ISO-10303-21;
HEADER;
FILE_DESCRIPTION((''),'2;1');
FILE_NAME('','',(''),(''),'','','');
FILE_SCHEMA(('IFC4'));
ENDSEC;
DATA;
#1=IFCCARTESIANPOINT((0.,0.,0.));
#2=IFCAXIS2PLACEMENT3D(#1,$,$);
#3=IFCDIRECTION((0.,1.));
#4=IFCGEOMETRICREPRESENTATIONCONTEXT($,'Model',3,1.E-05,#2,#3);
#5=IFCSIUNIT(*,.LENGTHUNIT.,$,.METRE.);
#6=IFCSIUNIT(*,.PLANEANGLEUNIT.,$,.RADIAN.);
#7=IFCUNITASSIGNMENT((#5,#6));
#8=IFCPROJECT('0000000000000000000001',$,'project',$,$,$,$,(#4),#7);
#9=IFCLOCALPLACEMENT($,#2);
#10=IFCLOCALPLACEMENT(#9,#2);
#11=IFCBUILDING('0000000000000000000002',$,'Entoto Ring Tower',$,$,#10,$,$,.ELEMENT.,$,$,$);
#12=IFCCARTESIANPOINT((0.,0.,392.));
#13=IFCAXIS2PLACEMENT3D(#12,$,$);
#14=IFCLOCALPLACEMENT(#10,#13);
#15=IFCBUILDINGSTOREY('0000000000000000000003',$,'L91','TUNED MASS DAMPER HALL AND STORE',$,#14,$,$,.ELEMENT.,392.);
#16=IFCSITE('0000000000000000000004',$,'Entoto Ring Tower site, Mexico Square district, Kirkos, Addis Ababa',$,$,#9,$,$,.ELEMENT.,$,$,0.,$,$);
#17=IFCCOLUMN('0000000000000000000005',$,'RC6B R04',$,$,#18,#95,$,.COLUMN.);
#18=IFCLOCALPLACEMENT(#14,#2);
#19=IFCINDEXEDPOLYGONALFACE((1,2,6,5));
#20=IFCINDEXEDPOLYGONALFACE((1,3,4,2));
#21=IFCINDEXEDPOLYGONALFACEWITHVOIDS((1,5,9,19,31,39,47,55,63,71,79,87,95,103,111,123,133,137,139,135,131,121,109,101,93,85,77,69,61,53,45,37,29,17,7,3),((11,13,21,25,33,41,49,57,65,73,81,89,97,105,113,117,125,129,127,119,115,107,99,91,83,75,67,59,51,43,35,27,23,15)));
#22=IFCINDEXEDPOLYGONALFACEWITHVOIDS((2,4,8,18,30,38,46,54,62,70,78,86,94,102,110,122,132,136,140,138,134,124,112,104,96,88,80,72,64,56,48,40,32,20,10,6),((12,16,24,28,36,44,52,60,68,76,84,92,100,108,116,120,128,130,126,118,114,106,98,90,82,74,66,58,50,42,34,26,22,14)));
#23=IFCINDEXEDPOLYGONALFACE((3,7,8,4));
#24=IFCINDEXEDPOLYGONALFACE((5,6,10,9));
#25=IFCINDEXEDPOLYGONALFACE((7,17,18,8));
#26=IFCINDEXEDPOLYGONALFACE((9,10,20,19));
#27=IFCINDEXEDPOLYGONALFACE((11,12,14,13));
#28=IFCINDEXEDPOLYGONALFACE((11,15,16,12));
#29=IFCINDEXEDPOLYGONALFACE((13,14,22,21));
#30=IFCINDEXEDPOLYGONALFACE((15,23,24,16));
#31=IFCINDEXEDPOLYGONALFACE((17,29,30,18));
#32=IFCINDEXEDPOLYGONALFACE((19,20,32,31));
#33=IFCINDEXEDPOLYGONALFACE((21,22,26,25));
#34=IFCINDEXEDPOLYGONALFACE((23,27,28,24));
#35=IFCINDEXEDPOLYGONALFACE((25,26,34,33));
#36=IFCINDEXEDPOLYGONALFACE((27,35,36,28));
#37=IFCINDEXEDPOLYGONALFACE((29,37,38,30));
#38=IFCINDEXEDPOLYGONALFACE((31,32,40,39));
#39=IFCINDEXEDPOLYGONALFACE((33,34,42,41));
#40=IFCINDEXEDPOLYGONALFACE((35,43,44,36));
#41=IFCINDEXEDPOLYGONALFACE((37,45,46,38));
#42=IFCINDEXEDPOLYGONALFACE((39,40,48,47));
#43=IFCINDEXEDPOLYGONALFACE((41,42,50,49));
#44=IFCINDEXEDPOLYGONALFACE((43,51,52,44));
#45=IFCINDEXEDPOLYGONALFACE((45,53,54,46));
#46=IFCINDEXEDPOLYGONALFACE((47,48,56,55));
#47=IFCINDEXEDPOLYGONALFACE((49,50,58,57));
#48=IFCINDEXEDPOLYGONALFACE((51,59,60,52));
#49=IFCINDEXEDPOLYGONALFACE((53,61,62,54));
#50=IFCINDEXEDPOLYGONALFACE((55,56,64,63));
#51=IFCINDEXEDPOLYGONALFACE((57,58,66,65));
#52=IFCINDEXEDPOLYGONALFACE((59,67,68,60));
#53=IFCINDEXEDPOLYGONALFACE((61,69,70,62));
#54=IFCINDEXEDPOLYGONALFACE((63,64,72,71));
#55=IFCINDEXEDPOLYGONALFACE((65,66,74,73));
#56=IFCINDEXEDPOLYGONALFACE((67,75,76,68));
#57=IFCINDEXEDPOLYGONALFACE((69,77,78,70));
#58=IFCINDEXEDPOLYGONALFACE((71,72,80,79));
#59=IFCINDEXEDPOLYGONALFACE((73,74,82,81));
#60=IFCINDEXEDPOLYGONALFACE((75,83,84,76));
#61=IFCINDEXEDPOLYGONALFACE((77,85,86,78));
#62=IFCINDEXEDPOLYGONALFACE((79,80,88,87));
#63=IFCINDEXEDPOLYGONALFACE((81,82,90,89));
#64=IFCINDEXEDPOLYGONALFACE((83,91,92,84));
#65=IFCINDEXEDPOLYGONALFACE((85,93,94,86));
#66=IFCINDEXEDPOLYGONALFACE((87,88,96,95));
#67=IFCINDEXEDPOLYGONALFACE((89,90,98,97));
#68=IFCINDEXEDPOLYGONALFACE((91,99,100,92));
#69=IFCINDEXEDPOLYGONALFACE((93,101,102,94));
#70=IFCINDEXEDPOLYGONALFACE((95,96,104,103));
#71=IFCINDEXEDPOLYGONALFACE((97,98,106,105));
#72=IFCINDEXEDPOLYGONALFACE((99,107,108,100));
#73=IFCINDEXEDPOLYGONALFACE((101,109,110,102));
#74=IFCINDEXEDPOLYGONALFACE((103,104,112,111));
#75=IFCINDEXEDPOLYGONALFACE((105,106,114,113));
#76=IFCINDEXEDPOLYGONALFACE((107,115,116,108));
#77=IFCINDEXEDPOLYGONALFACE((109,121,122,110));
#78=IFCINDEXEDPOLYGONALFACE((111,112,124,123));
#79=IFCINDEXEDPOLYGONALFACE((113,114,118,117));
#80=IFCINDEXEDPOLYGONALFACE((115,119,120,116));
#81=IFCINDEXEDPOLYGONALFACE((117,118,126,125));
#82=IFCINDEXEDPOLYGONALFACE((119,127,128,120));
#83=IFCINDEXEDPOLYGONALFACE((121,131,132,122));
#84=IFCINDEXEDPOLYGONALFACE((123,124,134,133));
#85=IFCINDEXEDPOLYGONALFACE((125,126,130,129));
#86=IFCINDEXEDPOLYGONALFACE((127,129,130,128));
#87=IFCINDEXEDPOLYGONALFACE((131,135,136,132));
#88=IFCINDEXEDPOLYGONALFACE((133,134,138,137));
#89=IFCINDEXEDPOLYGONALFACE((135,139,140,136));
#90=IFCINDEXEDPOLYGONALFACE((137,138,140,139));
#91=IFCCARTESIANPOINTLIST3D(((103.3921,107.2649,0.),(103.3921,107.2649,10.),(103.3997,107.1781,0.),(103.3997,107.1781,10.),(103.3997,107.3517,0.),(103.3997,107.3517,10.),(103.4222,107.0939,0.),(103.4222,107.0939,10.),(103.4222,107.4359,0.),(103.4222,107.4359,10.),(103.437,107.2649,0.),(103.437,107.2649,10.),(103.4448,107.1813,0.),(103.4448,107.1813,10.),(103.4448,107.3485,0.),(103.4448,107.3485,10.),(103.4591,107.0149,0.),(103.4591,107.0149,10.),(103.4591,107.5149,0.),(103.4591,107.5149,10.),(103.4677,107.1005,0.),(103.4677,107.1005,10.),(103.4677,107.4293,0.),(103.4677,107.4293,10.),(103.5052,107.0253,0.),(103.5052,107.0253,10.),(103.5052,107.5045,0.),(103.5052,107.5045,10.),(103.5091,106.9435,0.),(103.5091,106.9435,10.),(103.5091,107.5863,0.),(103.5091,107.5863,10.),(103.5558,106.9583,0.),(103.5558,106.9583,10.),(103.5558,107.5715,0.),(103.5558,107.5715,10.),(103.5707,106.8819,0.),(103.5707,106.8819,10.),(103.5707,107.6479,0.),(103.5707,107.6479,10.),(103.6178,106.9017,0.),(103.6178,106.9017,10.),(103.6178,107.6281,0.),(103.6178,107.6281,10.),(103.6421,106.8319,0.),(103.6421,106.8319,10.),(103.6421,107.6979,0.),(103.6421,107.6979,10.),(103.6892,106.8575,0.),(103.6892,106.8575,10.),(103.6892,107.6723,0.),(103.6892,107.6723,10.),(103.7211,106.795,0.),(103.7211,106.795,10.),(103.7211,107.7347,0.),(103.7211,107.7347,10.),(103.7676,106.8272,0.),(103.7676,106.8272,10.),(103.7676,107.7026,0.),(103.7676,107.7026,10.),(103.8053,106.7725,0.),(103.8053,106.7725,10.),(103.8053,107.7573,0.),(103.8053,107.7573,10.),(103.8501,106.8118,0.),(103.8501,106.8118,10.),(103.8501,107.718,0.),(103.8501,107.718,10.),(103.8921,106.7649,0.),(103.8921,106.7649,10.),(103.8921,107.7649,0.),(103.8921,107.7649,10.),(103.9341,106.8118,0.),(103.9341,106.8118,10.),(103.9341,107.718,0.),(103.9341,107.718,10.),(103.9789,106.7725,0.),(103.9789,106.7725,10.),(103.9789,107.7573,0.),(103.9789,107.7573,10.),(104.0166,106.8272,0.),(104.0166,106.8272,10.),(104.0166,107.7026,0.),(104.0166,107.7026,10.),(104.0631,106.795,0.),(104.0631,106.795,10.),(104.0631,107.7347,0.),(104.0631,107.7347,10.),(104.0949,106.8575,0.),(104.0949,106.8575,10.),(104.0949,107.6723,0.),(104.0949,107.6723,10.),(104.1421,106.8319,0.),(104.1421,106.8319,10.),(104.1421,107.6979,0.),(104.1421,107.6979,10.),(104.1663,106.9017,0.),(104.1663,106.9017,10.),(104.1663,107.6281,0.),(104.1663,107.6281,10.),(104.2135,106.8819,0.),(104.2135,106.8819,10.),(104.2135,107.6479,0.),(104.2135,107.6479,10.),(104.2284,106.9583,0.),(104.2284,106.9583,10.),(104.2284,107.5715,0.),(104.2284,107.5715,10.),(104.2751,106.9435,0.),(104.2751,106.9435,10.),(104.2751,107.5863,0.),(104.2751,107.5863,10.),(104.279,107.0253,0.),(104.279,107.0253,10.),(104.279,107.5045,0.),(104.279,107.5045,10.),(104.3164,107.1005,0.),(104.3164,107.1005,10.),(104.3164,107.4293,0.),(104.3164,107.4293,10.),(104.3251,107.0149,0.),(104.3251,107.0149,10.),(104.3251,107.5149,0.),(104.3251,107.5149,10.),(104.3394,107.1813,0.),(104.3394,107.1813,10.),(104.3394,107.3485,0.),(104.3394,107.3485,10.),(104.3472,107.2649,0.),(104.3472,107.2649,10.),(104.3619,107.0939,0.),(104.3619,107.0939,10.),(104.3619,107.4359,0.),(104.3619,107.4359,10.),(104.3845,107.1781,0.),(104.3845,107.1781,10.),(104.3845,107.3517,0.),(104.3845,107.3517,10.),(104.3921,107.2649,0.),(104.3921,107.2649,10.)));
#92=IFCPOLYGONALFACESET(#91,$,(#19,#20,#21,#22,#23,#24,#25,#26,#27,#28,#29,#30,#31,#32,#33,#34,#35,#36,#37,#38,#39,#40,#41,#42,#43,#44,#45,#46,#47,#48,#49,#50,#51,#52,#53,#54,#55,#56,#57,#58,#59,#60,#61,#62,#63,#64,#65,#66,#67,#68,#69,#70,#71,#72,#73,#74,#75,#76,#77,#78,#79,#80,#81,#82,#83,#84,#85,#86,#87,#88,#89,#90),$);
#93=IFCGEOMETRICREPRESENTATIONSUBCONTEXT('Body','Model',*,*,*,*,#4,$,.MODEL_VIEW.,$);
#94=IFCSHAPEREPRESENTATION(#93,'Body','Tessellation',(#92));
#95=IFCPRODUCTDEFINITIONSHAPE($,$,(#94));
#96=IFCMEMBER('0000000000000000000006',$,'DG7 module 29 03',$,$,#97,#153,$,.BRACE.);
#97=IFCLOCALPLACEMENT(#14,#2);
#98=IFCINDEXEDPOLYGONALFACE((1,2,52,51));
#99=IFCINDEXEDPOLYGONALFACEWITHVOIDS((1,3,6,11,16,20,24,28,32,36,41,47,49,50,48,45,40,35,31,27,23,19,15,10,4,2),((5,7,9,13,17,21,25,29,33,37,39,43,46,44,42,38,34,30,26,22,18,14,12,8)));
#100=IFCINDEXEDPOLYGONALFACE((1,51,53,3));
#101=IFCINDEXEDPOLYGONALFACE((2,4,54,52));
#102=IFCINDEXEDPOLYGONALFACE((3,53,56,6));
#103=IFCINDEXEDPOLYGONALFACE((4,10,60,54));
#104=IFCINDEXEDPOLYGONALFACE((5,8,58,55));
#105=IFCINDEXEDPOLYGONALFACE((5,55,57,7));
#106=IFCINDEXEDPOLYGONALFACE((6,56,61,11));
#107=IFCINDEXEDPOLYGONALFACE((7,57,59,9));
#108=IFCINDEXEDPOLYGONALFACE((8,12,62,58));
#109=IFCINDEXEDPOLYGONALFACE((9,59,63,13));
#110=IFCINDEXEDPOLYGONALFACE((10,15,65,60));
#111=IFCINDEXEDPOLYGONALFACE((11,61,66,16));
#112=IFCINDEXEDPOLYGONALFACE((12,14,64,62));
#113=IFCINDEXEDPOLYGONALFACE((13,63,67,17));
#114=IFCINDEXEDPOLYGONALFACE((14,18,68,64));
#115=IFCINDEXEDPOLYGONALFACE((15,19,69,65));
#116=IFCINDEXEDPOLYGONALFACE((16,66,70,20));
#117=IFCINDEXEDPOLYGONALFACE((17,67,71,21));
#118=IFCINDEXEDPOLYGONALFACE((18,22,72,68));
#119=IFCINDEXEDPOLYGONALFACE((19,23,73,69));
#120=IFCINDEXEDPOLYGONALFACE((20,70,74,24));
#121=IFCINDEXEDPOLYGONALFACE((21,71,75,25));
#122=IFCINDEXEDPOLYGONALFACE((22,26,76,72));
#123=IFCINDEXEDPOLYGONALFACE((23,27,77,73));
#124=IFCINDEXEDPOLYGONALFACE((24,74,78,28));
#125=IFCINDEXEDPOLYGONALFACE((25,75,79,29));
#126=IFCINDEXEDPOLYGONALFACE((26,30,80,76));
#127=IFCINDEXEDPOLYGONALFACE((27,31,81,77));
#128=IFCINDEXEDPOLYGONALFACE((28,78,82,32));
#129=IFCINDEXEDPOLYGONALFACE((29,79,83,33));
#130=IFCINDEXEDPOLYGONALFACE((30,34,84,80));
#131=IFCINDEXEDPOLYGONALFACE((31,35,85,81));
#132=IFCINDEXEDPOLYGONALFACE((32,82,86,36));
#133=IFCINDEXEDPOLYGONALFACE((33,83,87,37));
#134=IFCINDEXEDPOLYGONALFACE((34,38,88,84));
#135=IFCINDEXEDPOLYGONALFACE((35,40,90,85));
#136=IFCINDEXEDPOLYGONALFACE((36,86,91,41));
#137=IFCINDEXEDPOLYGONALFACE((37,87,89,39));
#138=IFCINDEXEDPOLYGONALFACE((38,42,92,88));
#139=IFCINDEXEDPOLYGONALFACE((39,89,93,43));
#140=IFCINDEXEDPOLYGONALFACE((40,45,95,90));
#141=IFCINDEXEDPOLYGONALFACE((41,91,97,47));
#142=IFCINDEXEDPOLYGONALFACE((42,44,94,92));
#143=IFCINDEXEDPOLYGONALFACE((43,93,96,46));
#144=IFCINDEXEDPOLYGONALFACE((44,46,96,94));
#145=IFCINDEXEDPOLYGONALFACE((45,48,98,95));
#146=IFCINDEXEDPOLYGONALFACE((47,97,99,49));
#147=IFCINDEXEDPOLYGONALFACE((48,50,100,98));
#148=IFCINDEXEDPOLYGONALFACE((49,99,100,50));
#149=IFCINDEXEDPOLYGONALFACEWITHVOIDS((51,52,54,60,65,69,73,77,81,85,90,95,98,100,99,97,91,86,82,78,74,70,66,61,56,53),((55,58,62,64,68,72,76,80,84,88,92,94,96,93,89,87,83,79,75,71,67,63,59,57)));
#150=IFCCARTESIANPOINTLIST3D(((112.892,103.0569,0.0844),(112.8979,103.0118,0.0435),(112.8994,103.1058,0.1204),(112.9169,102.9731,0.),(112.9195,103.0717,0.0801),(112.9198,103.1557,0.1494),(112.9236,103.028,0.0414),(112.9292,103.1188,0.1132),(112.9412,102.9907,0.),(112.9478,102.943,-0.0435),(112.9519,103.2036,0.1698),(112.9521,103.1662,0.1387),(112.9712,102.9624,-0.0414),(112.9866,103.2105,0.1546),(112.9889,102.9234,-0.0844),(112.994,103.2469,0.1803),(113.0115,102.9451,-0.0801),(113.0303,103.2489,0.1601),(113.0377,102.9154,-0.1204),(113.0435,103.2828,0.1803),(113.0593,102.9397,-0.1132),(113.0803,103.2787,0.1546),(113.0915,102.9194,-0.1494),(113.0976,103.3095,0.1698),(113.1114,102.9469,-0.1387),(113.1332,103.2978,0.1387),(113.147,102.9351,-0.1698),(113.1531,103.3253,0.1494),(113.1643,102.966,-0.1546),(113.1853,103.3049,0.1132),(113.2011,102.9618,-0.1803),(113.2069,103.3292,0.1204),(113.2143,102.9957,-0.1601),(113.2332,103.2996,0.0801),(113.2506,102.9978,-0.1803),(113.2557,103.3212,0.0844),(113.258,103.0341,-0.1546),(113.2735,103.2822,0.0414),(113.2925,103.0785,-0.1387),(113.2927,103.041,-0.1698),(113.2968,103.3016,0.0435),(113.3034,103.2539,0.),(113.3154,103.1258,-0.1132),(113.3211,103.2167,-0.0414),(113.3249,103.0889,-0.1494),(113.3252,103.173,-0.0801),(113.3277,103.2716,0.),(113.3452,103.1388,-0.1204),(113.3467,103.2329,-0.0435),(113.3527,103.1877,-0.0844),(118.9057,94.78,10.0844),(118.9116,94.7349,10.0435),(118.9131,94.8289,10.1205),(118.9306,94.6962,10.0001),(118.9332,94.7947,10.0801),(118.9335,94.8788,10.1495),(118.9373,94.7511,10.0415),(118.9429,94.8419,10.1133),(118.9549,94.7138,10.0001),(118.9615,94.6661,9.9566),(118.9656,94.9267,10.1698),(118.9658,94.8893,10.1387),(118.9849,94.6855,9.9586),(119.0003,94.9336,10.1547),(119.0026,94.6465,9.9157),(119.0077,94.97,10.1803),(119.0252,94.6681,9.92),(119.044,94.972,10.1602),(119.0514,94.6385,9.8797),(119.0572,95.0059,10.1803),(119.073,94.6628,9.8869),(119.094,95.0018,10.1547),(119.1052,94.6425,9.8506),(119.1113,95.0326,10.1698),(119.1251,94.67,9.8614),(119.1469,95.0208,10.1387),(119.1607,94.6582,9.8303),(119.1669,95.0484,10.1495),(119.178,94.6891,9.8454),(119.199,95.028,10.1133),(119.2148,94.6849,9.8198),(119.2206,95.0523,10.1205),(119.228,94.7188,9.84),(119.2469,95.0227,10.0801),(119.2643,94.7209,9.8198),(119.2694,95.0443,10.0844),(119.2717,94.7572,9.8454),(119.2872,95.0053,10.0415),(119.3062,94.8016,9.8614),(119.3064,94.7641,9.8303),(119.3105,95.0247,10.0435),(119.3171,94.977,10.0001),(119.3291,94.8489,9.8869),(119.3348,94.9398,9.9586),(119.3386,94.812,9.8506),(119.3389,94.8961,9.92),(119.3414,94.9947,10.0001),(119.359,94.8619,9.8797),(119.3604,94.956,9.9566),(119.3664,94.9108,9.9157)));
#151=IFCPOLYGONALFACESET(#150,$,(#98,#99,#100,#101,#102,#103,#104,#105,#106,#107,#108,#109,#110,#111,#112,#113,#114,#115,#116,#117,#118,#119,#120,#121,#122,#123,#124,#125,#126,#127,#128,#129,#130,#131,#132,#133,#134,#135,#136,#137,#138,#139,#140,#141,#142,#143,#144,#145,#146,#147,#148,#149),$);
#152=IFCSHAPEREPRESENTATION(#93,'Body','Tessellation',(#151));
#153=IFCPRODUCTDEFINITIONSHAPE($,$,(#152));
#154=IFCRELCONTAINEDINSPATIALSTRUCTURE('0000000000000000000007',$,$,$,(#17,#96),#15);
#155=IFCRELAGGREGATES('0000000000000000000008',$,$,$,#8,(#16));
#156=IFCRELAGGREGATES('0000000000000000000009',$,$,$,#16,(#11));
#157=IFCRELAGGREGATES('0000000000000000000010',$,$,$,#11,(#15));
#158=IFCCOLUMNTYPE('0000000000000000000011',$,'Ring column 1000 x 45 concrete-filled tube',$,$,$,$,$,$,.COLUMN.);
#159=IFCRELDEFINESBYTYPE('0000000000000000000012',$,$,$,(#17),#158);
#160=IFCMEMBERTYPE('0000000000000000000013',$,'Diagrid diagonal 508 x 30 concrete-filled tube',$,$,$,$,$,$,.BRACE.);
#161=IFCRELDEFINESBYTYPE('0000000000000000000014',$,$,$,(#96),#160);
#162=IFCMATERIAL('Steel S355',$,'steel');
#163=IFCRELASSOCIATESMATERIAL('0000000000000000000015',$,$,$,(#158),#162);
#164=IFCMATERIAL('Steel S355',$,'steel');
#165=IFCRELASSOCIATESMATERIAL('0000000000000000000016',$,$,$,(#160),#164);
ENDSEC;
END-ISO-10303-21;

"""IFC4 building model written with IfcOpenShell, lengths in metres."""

from ifc_helpers import new_model, si_unit, direction, frame, origin, origin_2d, place, context, subcontext, project, spatial, circle, hollow_circle, extrude, material, material_profile, profile_set, type_object, element, save


model = new_model("IFC4")

# Units and contexts
model_context = context("Model", 3, precision=1e-05, world=origin(), true_north=direction((0.0, 1.0)))
body_context = subcontext(model_context, "Body", "Model", "MODEL_VIEW")
ifc_project = project(units=[si_unit("LENGTHUNIT", "METRE"), si_unit("PLANEANGLEUNIT", "RADIAN")], contexts=[model_context])

# Site, building, storey
site_placement = place(None, origin())
site = spatial("IfcSite", under=ifc_project, at=site_placement, Name="Entoto Ring Tower site, Mexico Square district, Kirkos, Addis Ababa", CompositionType="ELEMENT", RefElevation=0.0)
building_placement = place(site_placement, origin())
building = spatial("IfcBuilding", under=site, at=building_placement, Name="Entoto Ring Tower", CompositionType="ELEMENT")
storey_placement = place(building_placement, frame((0.0, 0.0, 392.0)))
storey = spatial("IfcBuildingStorey", under=building, at=storey_placement, Name="L91", Description="TUNED MASS DAMPER HALL AND STORE", CompositionType="ELEMENT", Elevation=392.0)

# Column
ifc_material_1 = material(Name="Steel S355", Category="steel")
ifc_material_profile_1 = material_profile(ifc_material_1, hollow_circle(Radius=0.5, WallThickness=0.0449, at=origin_2d()), Name="CHS 1000 x 45")
ifc_material_2 = material(Name="Concrete C60/75", Category="concrete")
ifc_material_profile_2 = material_profile(ifc_material_2, circle(Radius=0.4551, at=origin_2d()), Name="Concrete C60/75 infill")
ifc_profile_set_1 = profile_set([ifc_material_profile_1, ifc_material_profile_2], Name="Steel S355")
column_type = type_object("IfcColumnType", Name="Ring column 1000 x 45 concrete-filled tube", PredefinedType="COLUMN", material=ifc_profile_set_1)
for number, where, z_axis, x_axis, name in (
    (1, (103.8921, 107.2649, 0.0), (0.0, 0.0, 1.0), (1.0, 0.0, 0.0), "RC6B R04"),
):
    element("IfcColumn", number, at=place(storey_placement, frame(where, z_axis=z_axis, x_axis=x_axis)), inside=storey, type_object=column_type, Name=name, PredefinedType="COLUMN", context=body_context, shape_type="SweptSolid", body=[
        extrude(hollow_circle(Radius=0.5, WallThickness=0.0449, at=origin_2d()), origin(), (0.0, 0.0, 1.0), 10.0),
    ])

# Member
ifc_material_3 = material(Name="Steel S355", Category="steel")
ifc_material_profile_3 = material_profile(ifc_material_3, hollow_circle(Radius=0.2539, WallThickness=0.03, at=origin_2d()), Name="CHS 508 x 30")
ifc_material_4 = material(Name="Concrete C60/75", Category="concrete")
ifc_material_profile_4 = material_profile(ifc_material_4, circle(Radius=0.2241, at=origin_2d()), Name="Concrete C60/75 infill")
ifc_profile_set_2 = profile_set([ifc_material_profile_3, ifc_material_profile_4], Name="Steel S355")
member_type_1 = type_object("IfcMemberType", Name="Diagrid diagonal 508 x 30 concrete-filled tube", PredefinedType="BRACE", material=ifc_profile_set_2)
for number, where, z_axis, x_axis, name in (
    (2, (113.1223, 103.1223, 0.0), (0.420351, -0.578546, 0.698992), (0.809008, 0.587797, 0.0), "DG7 module 29 03"),
):
    element("IfcMember", number, at=place(storey_placement, frame(where, z_axis=z_axis, x_axis=x_axis)), inside=storey, type_object=member_type_1, Name=name, PredefinedType="BRACE", context=body_context, shape_type="SweptSolid", body=[
        extrude(hollow_circle(Radius=0.2539, WallThickness=0.03, at=origin_2d()), origin(), (0.0, 0.0, 1.0), 14.3064),
    ])

save(model, "model.ifc")
